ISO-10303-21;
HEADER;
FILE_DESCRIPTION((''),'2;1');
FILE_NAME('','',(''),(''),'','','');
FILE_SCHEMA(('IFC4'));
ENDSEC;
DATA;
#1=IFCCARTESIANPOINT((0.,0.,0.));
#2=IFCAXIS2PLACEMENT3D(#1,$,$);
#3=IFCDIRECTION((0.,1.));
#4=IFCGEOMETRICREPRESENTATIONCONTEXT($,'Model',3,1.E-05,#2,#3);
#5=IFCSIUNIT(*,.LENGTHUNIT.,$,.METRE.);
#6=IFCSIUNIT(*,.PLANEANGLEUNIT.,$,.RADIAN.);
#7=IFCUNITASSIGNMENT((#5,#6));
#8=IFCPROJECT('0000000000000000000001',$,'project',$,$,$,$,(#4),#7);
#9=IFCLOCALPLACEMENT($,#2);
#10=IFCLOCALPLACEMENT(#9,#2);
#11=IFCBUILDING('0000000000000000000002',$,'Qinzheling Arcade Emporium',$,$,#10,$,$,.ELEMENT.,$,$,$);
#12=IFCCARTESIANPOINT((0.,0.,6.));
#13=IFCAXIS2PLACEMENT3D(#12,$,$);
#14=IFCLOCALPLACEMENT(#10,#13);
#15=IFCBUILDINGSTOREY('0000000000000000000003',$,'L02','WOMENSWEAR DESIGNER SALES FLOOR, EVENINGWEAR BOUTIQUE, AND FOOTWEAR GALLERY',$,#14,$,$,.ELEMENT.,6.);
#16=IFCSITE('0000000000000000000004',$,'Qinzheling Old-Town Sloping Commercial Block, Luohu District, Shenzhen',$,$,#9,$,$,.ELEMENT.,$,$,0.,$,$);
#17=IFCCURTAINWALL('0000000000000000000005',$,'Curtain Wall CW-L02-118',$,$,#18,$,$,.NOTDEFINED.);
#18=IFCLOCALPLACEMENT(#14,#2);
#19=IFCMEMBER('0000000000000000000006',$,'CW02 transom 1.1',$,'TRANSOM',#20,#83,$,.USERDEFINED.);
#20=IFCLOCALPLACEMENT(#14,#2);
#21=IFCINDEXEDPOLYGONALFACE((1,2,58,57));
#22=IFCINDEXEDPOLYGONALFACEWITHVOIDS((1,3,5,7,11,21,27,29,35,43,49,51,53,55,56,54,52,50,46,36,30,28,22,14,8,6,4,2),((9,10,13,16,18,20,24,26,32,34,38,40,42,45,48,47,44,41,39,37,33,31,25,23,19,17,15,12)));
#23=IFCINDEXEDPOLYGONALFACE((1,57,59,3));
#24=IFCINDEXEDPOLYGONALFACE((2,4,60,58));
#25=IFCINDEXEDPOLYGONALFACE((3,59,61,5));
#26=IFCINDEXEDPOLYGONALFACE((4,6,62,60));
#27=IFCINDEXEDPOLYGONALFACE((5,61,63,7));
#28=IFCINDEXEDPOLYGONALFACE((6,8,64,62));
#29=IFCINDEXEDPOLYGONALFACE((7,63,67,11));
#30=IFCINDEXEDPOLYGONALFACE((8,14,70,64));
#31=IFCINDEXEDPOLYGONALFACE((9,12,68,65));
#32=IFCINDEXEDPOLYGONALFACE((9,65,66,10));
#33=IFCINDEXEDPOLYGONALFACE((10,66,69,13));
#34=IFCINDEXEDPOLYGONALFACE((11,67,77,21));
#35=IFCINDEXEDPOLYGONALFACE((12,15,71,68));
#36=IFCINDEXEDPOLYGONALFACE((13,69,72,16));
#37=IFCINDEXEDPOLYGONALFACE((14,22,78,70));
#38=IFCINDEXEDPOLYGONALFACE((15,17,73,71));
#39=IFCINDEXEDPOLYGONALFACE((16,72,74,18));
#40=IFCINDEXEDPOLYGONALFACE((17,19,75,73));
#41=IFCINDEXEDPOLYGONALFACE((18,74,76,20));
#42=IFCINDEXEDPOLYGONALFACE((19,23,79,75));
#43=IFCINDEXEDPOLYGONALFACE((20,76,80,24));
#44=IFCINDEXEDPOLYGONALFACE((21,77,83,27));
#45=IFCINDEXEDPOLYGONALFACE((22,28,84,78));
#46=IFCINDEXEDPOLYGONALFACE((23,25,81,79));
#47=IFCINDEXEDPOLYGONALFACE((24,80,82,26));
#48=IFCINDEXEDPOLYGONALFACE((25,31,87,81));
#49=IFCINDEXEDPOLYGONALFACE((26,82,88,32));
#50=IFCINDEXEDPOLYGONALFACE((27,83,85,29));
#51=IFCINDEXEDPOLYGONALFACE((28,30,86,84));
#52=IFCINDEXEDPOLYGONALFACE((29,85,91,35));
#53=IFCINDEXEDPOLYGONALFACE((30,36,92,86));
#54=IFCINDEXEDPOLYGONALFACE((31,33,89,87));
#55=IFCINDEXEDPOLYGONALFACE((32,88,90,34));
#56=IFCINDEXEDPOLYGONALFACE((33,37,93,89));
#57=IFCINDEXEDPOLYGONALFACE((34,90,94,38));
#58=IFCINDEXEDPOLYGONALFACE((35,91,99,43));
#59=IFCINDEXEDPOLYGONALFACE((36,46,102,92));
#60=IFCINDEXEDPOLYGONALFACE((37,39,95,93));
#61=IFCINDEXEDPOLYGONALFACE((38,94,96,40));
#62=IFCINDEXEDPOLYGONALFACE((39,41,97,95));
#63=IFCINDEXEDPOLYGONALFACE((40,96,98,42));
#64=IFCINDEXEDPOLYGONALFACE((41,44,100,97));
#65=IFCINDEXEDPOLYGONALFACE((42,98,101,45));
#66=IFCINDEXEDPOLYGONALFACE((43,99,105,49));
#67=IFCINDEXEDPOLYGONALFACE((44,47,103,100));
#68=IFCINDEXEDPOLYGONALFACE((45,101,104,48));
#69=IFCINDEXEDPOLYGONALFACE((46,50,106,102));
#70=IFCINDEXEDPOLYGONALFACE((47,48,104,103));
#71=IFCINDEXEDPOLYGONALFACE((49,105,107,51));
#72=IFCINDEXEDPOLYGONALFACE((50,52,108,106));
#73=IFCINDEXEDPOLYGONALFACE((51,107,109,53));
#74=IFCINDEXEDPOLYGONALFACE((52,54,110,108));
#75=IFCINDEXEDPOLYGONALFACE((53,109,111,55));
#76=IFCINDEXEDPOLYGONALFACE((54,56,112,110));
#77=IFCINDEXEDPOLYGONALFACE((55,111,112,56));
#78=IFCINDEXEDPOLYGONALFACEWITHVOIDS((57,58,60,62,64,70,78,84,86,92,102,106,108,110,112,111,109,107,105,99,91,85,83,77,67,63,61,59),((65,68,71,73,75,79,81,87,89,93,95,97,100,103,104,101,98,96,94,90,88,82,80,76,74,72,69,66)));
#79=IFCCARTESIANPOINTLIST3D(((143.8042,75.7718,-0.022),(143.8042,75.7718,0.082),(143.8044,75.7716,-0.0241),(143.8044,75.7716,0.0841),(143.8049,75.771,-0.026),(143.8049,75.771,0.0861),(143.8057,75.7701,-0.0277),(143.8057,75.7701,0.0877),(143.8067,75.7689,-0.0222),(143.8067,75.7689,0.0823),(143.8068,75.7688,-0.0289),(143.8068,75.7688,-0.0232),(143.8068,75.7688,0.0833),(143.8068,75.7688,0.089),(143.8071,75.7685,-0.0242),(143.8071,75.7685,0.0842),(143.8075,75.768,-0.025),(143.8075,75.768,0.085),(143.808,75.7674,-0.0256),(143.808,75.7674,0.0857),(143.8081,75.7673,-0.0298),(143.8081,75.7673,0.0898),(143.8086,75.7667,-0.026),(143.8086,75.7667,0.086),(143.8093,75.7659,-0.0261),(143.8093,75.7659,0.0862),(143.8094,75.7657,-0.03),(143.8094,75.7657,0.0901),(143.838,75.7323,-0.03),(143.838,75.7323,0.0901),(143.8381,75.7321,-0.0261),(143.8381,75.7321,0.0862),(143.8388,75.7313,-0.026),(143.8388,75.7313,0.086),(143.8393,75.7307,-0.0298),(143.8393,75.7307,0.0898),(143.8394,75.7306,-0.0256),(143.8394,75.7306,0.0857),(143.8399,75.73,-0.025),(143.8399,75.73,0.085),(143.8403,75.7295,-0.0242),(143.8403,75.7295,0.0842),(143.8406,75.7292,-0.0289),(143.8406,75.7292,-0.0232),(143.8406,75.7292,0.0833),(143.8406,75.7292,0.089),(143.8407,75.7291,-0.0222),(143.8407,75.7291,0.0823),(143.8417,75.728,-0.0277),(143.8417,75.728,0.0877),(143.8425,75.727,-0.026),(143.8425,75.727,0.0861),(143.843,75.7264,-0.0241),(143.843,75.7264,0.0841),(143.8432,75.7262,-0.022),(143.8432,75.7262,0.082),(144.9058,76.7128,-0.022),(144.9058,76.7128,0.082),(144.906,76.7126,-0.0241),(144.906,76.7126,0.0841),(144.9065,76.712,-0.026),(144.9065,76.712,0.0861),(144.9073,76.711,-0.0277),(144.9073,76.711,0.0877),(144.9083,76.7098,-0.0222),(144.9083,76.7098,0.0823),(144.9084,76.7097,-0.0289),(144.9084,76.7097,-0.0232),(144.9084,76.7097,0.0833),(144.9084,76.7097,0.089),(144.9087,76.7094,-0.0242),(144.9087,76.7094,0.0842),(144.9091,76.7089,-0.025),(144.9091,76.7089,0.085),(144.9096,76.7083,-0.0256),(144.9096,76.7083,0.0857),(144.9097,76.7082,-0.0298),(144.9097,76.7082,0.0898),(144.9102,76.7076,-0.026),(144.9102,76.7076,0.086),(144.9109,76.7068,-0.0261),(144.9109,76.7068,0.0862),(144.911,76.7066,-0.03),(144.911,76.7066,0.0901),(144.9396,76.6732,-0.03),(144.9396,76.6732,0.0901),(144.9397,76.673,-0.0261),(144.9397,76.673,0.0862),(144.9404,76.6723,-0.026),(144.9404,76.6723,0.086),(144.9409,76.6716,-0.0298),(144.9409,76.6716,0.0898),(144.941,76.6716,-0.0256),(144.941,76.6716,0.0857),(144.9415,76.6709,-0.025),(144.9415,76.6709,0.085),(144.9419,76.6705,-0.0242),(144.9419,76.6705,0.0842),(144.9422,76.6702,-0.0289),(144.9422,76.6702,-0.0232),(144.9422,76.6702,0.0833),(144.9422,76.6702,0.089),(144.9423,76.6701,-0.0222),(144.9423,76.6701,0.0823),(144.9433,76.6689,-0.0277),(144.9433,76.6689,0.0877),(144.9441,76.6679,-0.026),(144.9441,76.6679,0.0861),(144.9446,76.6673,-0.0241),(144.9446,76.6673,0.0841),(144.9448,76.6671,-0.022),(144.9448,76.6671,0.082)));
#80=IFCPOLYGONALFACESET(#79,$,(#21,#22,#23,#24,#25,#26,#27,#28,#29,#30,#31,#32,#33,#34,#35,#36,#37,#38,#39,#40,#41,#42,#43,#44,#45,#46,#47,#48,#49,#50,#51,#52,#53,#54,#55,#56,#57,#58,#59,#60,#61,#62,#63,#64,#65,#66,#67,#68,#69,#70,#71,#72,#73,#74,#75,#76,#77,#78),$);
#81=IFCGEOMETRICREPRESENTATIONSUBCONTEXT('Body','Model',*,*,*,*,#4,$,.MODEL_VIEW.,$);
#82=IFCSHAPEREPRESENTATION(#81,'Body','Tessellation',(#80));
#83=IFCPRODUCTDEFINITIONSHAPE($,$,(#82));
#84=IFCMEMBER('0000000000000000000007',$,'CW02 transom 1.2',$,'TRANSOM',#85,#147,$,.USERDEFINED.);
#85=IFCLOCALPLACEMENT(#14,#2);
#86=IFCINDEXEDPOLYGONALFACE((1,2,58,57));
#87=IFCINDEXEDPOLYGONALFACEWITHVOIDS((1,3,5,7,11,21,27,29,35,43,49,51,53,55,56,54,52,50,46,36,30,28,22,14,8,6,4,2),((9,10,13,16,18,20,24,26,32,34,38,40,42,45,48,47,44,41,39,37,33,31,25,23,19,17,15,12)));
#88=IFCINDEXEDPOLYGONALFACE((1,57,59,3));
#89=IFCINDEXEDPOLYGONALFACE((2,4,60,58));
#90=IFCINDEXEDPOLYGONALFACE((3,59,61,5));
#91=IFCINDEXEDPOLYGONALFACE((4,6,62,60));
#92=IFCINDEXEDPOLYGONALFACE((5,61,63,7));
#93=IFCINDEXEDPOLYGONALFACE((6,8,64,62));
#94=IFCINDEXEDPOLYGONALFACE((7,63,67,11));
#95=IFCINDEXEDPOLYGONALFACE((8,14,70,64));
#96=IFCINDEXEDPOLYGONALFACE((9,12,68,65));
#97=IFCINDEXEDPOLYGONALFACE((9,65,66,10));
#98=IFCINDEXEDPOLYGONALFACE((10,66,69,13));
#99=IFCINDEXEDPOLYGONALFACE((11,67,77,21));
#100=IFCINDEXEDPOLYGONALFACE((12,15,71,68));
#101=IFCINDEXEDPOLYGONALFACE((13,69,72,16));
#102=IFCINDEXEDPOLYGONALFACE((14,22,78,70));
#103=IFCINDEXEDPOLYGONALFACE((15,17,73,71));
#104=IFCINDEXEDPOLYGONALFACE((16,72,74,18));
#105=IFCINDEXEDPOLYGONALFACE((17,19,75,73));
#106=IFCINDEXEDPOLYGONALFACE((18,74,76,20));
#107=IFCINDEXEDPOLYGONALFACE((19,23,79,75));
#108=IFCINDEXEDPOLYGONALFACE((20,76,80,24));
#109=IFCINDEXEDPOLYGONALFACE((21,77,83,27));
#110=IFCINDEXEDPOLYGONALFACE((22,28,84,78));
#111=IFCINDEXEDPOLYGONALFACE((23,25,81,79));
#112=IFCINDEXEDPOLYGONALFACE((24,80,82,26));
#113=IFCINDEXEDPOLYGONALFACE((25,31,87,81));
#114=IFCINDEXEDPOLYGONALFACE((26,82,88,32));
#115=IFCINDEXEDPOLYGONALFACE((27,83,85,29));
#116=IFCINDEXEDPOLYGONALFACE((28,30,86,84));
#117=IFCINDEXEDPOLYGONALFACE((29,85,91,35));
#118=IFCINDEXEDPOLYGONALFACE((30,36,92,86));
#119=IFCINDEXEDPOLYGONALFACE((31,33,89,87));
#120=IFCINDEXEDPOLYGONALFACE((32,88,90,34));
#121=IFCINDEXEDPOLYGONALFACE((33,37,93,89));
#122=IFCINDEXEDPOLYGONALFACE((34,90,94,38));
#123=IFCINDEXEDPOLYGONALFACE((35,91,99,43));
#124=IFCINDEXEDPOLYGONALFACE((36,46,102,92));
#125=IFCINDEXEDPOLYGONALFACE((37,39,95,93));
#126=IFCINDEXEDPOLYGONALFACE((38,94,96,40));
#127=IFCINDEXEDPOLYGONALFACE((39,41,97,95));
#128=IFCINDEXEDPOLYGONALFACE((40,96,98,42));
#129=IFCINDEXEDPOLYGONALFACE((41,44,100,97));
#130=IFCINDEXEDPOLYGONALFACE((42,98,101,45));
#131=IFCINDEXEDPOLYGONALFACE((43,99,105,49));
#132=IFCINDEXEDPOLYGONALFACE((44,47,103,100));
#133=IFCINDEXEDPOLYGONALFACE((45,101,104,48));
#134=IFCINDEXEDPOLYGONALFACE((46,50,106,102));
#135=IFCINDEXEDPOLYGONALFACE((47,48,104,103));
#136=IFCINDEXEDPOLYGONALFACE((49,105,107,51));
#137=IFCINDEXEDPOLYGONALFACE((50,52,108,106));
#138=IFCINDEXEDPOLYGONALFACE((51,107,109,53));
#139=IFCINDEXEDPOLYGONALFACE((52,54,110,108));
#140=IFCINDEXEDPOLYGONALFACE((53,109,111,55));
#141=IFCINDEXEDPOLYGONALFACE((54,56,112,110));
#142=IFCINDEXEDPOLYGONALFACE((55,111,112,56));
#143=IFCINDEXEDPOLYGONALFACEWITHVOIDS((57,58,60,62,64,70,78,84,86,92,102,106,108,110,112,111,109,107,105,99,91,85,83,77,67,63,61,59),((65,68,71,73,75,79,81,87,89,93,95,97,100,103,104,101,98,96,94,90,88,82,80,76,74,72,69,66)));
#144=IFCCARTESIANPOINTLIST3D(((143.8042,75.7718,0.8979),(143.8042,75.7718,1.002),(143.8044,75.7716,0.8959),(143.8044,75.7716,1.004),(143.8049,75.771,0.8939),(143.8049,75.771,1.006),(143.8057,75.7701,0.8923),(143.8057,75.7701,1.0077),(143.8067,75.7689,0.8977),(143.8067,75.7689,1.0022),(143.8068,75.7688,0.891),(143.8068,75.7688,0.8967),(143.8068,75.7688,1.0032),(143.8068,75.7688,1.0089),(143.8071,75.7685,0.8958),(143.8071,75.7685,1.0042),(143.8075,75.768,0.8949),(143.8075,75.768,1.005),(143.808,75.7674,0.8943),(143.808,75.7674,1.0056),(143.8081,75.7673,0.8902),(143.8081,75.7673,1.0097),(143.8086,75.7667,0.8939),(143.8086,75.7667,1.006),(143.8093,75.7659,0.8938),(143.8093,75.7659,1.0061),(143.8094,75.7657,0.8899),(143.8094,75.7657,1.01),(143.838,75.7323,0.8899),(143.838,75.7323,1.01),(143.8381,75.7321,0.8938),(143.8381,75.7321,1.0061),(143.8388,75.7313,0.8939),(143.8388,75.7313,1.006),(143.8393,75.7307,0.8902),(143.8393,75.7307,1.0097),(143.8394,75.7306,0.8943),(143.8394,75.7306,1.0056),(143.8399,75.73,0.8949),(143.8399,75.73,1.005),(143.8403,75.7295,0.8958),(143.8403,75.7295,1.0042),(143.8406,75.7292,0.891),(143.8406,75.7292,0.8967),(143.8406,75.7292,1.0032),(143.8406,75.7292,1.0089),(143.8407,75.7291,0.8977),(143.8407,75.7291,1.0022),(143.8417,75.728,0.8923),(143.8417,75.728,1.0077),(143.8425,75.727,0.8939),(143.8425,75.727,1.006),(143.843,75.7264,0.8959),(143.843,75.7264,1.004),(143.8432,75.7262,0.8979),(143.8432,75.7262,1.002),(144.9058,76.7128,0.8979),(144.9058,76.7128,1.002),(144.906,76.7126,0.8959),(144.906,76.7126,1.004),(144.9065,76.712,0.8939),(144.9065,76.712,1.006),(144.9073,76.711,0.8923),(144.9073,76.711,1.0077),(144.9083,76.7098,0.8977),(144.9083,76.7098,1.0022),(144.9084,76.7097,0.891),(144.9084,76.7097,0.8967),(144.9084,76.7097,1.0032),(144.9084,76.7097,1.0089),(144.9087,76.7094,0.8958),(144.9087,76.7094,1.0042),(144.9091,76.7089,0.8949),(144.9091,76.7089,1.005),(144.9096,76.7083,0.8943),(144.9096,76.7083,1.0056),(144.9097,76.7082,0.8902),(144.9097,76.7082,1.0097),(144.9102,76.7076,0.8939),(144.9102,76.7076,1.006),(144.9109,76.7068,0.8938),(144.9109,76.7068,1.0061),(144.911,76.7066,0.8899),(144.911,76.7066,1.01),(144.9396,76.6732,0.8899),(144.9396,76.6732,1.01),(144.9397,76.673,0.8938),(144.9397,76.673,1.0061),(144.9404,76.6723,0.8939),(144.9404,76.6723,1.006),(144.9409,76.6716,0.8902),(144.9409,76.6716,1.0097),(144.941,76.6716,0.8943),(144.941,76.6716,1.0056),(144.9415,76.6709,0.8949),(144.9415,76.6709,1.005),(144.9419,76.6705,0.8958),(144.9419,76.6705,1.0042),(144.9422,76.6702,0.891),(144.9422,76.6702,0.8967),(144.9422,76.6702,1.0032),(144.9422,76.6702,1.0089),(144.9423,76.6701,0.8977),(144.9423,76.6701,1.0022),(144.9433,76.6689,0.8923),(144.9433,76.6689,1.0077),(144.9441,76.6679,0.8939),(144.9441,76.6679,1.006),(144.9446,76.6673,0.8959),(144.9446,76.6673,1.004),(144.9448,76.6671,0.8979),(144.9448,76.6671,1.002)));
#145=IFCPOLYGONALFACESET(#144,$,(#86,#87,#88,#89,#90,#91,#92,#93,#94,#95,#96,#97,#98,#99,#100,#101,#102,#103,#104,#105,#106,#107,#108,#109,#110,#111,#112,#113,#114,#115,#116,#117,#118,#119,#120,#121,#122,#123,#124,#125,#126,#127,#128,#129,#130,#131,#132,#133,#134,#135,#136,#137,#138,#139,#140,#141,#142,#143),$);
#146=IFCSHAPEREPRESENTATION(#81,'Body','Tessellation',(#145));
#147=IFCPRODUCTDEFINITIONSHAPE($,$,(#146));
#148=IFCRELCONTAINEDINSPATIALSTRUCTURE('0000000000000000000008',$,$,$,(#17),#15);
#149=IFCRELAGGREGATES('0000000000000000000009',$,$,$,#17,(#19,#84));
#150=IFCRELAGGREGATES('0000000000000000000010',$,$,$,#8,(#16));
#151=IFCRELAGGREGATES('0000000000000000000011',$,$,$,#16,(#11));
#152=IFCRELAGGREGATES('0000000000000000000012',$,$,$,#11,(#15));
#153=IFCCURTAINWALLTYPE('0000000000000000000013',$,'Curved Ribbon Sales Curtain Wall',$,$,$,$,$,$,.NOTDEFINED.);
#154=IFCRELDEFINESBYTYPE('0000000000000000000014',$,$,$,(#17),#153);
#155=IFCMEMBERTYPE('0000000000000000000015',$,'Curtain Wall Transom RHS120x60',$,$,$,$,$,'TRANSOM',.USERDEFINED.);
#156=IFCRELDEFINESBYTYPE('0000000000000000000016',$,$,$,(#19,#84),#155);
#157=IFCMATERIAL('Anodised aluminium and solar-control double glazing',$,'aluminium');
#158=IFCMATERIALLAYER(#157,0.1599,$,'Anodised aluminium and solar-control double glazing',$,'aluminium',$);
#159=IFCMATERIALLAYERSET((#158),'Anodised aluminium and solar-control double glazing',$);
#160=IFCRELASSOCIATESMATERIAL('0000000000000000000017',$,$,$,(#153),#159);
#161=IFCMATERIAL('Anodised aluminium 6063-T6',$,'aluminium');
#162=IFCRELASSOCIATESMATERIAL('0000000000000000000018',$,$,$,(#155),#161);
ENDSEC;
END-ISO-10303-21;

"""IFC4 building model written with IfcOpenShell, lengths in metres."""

from ifc_helpers import new_model, si_unit, direction, frame, origin, origin_2d, place, context, subcontext, project, spatial, hollow_rectangle, extrude, material, layer, layer_set, material_profile, profile_set, type_object, element, aggregate, save


model = new_model("IFC4")

# Units and contexts
model_context = context("Model", 3, precision=1e-05, world=origin(), true_north=direction((0.0, 1.0)))
body_context = subcontext(model_context, "Body", "Model", "MODEL_VIEW")
ifc_project = project(units=[si_unit("LENGTHUNIT", "METRE"), si_unit("PLANEANGLEUNIT", "RADIAN")], contexts=[model_context])

# Site, building, storey
site_placement = place(None, origin())
site = spatial("IfcSite", under=ifc_project, at=site_placement, Name="Qinzheling Old-Town Sloping Commercial Block, Luohu District, Shenzhen", CompositionType="ELEMENT", RefElevation=0.0)
building_placement = place(site_placement, origin())
building = spatial("IfcBuilding", under=site, at=building_placement, Name="Qinzheling Arcade Emporium", CompositionType="ELEMENT")
storey_placement = place(building_placement, frame((0.0, 0.0, 6.0)))
storey = spatial("IfcBuildingStorey", under=building, at=storey_placement, Name="L02", Description="WOMENSWEAR DESIGNER SALES FLOOR, EVENINGWEAR BOUTIQUE, AND FOOTWEAR GALLERY", CompositionType="ELEMENT", Elevation=6.0)

# Shared definitions
ifc_material_1 = material(Name="Anodised aluminium and solar-control double glazing", Category="aluminium")
ifc_layer_1 = layer(ifc_material_1, 0.1599, Name="Anodised aluminium and solar-control double glazing", Category="aluminium")
ifc_layer_set_1 = layer_set([ifc_layer_1], Name="Anodised aluminium and solar-control double glazing")
curtain_wall_type = type_object("IfcCurtainWallType", Name="Curved Ribbon Sales Curtain Wall", PredefinedType="NOTDEFINED", material=ifc_layer_set_1)
ifc_material_2 = material(Name="Anodised aluminium 6063-T6", Category="aluminium")

# Curtain wall
curtain_wall_1_placement = place(storey_placement, origin())
curtain_wall_1 = element("IfcCurtainWall", 1, at=curtain_wall_1_placement, inside=storey, type_object=curtain_wall_type, Name="Curtain Wall CW-L02-118", PredefinedType="NOTDEFINED")

# Members
ifc_material_profile_1 = material_profile(ifc_material_2, hollow_rectangle(XDim=0.0601, YDim=0.1201, WallThickness=0.0039, InnerFilletRadius=0.0039, OuterFilletRadius=0.0081, at=origin_2d()), Name="RHS 120x60x4", Category="aluminium")
ifc_profile_set_1 = profile_set([ifc_material_profile_1], Name="Anodised aluminium 6063-T6")
member_type_1 = type_object("IfcMemberType", Name="Curtain Wall Transom RHS120x60", ElementType="TRANSOM", PredefinedType="USERDEFINED", material=ifc_profile_set_1)
member_1_placement = place(storey_placement, frame((144.9253, 76.6899, 0.03), z_axis=(-0.760374, -0.649486, 0.0), x_axis=(0.649486, -0.760374, 0.0)))
member_1 = element("IfcMember", 2, at=member_1_placement, type_object=member_type_1, Name="CW02 transom 1.1", ObjectType="TRANSOM", PredefinedType="USERDEFINED", context=body_context, shape_type="SweptSolid", body=[
    extrude(hollow_rectangle(XDim=0.0601, YDim=0.1201, WallThickness=0.0039, InnerFilletRadius=0.0039, OuterFilletRadius=0.0081, at=origin_2d()), origin(), (0.0, 0.0, 1.0), 1.4487),
])
member_2_placement = place(storey_placement, frame((144.9253, 76.6899, 0.95), z_axis=(-0.760374, -0.649486, 0.0), x_axis=(0.649486, -0.760374, 0.0)))
member_2 = element("IfcMember", 3, at=member_2_placement, type_object=member_type_1, Name="CW02 transom 1.2", ObjectType="TRANSOM", PredefinedType="USERDEFINED", context=body_context, shape_type="SweptSolid", body=[
    extrude(hollow_rectangle(XDim=0.0601, YDim=0.1201, WallThickness=0.0039, InnerFilletRadius=0.0039, OuterFilletRadius=0.0081, at=origin_2d()), origin(), (0.0, 0.0, 1.0), 1.4487),
])

aggregate(curtain_wall_1, [member_1, member_2])

save(model, "model.ifc")
